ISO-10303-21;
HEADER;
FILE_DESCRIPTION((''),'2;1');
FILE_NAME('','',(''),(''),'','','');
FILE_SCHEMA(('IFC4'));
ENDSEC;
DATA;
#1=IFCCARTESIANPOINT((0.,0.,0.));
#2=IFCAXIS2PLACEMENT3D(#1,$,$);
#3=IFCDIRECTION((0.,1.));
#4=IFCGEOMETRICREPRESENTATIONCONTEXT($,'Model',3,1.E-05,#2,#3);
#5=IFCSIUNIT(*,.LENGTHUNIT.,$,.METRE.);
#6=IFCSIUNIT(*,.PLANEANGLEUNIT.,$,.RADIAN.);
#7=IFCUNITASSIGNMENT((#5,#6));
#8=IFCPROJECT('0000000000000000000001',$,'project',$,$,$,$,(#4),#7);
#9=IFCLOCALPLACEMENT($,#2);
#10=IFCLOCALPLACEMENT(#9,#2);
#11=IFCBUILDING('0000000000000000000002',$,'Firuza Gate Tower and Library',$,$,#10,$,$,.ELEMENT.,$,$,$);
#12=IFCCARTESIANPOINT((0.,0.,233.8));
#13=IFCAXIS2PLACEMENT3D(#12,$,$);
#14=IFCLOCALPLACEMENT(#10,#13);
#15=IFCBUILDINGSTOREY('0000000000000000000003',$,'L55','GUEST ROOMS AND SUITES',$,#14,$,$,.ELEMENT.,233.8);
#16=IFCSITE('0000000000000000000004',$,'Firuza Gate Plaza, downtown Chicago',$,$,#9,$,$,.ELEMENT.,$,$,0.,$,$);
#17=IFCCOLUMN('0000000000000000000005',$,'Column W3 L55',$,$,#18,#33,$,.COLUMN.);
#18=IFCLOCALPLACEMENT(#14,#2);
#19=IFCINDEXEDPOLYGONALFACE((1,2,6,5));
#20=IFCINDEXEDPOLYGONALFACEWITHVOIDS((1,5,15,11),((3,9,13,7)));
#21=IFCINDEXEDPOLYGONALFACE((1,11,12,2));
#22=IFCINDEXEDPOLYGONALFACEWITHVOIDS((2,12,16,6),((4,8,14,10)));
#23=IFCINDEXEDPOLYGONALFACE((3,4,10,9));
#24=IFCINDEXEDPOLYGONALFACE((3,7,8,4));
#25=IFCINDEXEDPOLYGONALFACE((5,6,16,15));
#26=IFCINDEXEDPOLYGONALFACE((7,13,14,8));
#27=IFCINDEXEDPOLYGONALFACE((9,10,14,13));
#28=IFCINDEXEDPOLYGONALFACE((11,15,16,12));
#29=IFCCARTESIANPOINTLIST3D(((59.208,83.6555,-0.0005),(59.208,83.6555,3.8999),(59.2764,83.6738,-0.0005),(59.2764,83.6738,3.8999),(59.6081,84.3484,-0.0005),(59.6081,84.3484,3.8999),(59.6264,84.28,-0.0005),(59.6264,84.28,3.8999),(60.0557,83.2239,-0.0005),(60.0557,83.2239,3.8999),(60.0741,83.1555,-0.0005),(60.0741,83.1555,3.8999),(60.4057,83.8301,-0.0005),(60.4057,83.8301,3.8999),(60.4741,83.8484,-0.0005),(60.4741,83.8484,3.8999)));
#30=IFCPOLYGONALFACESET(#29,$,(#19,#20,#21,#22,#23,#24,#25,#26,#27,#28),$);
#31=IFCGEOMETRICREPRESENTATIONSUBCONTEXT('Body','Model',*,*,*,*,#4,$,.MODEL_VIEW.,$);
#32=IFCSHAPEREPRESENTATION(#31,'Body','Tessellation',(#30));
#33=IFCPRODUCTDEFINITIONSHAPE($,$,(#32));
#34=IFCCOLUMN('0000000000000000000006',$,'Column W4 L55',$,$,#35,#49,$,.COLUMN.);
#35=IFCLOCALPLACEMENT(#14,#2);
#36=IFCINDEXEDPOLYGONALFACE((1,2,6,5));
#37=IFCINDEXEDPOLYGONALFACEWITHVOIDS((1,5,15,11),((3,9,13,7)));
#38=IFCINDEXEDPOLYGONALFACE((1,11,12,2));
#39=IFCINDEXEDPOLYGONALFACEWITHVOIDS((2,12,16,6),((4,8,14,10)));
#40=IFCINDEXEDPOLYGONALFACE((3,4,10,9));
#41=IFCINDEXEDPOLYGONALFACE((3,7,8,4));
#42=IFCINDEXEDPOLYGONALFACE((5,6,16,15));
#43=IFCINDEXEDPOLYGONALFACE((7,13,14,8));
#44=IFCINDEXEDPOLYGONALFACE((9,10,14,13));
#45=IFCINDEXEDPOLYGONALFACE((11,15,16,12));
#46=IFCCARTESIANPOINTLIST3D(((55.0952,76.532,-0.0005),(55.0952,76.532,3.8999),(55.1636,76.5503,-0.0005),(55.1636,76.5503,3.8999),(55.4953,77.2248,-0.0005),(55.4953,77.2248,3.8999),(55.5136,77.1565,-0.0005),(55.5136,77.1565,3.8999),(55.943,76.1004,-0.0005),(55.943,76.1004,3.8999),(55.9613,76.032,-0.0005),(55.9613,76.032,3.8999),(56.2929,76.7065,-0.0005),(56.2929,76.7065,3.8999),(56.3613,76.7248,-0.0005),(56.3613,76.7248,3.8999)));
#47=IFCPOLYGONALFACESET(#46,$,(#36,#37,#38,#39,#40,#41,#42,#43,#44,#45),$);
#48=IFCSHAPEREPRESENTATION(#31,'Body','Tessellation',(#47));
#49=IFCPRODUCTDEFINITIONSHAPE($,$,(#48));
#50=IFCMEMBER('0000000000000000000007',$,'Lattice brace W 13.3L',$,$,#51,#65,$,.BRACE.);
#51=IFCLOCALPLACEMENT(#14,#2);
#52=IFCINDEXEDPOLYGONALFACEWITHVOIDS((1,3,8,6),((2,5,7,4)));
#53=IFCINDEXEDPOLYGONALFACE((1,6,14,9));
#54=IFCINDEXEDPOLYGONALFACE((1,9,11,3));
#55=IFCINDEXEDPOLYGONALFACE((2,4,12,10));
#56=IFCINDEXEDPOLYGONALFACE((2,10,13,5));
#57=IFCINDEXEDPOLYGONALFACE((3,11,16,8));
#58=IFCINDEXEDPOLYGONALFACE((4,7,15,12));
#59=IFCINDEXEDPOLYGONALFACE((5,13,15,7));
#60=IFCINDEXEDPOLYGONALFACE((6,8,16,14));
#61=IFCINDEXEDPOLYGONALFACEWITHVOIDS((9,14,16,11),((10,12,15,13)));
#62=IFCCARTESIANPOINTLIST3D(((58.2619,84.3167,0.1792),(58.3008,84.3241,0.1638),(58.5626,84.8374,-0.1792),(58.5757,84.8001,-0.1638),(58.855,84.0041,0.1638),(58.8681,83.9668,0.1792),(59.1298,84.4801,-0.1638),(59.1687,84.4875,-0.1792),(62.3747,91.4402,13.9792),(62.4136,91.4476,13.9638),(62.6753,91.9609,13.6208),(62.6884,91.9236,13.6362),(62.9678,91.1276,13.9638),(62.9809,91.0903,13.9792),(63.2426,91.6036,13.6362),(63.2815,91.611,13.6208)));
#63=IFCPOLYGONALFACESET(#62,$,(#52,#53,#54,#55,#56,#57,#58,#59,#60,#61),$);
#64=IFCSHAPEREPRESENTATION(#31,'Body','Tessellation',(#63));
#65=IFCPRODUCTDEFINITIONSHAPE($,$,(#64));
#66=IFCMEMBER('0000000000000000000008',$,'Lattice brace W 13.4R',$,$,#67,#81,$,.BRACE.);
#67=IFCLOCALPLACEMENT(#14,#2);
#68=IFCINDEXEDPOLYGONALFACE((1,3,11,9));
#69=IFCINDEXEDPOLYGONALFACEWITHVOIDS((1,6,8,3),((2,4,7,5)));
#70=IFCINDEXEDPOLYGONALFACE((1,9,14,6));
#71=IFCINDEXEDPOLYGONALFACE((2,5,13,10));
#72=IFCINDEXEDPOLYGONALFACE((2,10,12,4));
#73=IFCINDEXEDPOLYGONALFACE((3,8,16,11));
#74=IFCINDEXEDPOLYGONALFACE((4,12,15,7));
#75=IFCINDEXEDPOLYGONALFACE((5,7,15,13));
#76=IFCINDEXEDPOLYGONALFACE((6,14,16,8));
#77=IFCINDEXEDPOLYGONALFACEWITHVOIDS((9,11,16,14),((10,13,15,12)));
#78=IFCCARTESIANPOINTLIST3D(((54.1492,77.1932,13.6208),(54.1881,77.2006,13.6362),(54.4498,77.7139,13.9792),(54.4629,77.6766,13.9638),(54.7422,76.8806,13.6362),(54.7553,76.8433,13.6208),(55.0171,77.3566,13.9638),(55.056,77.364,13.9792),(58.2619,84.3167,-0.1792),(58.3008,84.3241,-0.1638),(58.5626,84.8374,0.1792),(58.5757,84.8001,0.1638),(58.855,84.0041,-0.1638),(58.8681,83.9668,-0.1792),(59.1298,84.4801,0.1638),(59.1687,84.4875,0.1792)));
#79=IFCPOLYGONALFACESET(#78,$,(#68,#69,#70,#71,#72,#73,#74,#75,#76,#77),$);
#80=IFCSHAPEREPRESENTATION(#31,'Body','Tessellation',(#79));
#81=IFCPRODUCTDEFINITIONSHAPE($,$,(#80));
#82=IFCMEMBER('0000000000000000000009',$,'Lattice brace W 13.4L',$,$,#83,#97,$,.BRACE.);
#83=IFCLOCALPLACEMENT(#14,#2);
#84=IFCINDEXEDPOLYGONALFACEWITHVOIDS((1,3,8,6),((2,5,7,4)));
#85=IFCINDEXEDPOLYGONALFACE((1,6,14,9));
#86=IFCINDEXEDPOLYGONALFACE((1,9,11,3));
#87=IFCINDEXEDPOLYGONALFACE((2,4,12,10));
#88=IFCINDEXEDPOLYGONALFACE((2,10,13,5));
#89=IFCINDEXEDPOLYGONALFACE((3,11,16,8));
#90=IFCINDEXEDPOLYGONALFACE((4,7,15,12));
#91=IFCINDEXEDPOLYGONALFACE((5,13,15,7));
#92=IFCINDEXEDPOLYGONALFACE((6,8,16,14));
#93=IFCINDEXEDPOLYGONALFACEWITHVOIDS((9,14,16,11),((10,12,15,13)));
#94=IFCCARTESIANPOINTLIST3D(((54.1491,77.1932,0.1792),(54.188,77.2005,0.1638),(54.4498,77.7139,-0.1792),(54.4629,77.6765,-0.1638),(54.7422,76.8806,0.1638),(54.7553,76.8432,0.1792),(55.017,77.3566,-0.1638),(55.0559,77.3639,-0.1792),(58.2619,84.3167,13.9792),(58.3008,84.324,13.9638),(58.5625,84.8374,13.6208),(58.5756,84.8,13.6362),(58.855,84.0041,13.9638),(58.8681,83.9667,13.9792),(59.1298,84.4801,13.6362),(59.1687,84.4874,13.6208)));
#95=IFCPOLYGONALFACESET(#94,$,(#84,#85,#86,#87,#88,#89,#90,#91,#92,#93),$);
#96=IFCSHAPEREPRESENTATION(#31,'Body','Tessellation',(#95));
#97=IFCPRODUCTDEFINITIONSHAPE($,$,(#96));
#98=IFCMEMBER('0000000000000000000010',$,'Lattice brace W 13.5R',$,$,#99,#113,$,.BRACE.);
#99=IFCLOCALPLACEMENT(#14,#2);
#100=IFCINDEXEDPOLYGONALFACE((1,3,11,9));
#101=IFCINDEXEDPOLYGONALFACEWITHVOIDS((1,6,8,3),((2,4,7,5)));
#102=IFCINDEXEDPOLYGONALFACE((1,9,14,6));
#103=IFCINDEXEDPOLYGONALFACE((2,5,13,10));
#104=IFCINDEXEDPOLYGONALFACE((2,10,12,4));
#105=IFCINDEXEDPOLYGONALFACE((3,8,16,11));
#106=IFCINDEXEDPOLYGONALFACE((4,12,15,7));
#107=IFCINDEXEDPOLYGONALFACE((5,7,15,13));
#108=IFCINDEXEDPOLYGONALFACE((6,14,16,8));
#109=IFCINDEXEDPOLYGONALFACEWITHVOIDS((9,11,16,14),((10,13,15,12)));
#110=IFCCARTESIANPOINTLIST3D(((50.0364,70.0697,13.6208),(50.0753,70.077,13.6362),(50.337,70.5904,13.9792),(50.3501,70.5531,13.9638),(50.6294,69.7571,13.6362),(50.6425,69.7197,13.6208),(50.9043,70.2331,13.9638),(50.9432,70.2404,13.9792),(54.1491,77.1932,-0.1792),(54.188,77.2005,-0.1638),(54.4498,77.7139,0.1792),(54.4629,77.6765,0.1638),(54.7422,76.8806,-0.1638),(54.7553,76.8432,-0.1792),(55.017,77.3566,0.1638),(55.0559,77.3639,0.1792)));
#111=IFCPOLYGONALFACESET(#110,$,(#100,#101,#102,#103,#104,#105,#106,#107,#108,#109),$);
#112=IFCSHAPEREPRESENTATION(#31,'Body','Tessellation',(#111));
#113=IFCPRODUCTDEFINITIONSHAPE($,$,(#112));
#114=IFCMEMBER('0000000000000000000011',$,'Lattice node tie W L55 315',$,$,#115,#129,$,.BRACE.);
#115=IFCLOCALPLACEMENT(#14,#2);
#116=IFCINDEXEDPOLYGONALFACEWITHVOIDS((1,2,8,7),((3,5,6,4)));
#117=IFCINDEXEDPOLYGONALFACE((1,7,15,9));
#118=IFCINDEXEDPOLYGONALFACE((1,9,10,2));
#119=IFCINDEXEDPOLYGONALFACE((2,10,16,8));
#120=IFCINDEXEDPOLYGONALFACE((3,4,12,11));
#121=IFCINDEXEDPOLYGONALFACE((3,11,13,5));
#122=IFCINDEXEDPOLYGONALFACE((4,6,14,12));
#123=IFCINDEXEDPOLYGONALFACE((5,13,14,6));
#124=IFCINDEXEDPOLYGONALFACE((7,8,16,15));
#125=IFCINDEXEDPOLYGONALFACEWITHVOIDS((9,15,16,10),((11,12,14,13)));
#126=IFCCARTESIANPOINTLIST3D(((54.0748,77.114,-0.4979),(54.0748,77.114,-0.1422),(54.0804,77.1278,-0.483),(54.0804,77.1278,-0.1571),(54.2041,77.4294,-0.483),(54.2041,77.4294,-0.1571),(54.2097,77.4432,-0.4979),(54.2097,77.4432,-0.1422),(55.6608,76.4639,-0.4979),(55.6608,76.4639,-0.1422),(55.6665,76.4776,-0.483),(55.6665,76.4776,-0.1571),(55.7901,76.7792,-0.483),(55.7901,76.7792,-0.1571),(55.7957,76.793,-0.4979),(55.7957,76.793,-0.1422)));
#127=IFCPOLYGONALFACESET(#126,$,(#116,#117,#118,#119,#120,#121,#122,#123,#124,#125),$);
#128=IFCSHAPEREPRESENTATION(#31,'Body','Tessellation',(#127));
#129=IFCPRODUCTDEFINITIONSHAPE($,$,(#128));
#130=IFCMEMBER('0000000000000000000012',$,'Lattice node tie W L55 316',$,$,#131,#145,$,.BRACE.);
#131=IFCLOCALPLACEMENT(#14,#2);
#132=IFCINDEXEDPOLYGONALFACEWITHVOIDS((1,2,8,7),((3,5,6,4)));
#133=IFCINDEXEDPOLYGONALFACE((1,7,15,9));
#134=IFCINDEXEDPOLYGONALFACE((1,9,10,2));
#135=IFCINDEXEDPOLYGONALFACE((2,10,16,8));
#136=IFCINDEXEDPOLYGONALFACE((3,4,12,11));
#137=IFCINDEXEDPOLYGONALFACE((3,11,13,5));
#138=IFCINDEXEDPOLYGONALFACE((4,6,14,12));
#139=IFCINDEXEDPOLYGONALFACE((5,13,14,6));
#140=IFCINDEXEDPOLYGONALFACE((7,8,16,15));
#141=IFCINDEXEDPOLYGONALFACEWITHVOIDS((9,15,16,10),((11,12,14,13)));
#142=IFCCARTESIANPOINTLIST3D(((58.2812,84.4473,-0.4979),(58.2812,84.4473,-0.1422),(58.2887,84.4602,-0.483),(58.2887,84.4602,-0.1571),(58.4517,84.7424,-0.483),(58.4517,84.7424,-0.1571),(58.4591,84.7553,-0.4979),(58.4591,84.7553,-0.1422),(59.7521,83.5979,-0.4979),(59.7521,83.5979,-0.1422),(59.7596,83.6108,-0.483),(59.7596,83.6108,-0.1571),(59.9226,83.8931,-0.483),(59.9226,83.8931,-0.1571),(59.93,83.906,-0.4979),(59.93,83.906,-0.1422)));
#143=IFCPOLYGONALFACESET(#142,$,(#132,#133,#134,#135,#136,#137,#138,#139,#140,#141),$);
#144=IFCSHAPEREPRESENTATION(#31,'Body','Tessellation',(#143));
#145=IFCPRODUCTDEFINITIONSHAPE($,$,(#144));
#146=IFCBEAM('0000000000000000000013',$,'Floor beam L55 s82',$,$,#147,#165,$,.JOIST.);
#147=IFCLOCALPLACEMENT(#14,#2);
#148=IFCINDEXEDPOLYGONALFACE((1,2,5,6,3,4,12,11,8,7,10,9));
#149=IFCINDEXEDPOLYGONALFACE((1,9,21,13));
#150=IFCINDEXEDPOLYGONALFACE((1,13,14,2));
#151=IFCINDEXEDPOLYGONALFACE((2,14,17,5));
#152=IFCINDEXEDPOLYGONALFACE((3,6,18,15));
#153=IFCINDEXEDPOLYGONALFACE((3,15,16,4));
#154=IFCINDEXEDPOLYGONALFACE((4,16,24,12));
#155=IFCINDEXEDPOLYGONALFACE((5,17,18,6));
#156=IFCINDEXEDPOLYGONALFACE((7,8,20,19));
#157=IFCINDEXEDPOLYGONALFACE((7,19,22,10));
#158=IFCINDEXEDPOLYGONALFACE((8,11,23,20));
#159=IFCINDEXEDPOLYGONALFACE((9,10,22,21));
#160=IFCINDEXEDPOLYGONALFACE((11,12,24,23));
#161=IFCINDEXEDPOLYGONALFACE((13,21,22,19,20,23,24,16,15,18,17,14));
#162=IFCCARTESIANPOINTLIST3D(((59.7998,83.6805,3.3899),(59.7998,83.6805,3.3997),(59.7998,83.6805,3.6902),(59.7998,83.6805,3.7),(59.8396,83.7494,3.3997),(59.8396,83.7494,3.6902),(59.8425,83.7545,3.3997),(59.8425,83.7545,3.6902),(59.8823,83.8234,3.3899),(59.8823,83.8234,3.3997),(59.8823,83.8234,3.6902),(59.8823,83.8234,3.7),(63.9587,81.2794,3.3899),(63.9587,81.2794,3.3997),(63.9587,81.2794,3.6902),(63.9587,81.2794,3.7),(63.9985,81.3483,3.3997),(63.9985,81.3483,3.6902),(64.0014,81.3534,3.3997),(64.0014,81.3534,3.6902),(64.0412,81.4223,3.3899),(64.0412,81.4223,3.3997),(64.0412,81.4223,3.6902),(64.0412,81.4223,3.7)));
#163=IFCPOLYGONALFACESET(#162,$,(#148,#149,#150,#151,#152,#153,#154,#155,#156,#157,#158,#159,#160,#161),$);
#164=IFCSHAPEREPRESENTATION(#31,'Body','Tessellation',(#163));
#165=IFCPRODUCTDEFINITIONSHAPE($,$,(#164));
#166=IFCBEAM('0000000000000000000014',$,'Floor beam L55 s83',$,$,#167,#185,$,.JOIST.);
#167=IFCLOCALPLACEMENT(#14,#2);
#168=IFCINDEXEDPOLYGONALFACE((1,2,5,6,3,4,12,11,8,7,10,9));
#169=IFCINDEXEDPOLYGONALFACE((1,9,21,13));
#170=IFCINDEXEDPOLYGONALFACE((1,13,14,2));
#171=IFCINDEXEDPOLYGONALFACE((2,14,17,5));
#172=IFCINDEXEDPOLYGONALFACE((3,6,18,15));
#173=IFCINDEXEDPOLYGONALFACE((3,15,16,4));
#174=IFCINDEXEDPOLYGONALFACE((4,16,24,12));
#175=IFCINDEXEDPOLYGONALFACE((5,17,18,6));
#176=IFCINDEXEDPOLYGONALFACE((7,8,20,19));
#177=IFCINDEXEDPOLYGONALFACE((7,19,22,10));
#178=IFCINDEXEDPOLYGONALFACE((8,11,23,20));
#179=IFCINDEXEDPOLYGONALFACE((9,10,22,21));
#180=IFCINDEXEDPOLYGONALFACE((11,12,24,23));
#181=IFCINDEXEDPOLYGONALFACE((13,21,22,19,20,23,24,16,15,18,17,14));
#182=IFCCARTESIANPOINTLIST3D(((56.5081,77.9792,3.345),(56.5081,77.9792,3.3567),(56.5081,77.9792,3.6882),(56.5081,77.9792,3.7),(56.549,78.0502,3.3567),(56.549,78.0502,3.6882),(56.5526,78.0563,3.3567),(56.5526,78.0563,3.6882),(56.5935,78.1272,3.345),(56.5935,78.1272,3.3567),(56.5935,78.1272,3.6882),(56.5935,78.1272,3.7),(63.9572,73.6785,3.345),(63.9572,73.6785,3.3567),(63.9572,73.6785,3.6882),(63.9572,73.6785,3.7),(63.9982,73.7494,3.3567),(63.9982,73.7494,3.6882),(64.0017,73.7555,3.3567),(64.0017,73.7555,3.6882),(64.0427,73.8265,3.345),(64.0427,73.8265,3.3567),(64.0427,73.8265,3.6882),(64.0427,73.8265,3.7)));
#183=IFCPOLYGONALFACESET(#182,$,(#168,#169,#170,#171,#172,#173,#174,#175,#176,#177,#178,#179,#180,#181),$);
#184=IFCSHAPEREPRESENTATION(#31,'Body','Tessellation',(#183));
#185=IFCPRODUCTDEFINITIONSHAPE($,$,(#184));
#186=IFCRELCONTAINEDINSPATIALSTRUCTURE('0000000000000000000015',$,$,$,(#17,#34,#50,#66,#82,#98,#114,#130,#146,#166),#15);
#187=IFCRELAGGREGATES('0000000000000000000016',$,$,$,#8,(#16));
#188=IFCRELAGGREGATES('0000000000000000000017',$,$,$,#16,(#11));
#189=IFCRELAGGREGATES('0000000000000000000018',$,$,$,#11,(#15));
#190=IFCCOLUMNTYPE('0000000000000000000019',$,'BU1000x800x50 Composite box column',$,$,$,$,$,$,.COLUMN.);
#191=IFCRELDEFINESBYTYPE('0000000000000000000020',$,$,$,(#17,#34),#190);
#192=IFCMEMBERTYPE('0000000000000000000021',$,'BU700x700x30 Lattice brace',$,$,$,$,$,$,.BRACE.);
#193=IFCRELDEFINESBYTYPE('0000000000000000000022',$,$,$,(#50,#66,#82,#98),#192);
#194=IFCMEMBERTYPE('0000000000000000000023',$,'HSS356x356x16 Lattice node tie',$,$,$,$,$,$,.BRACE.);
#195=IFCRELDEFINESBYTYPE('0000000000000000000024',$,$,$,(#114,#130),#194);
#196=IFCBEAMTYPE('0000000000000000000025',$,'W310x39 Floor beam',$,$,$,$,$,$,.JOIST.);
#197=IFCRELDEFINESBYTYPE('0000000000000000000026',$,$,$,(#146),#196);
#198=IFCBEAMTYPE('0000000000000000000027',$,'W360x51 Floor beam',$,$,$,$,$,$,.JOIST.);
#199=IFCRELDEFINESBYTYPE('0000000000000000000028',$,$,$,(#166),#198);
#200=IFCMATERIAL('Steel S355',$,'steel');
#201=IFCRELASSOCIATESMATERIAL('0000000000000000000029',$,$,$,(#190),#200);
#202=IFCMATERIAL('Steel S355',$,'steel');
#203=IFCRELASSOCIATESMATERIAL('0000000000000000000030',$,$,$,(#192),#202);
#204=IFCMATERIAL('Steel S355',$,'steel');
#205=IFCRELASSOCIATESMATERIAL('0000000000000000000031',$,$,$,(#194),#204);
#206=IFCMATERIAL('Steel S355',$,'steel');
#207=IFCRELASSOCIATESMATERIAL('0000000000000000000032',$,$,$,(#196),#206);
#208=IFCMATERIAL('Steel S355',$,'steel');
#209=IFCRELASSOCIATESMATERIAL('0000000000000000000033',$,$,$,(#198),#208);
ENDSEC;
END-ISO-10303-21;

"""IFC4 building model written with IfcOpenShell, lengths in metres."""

from ifc_helpers import new_model, si_unit, direction, frame, origin, origin_2d, place, context, subcontext, project, spatial, hollow_rectangle, i_section, extrude, material, material_profile, profile_set, type_object, element, save


model = new_model("IFC4")

# Units and contexts
model_context = context("Model", 3, precision=1e-05, world=origin(), true_north=direction((0.0, 1.0)))
body_context = subcontext(model_context, "Body", "Model", "MODEL_VIEW")
ifc_project = project(units=[si_unit("LENGTHUNIT", "METRE"), si_unit("PLANEANGLEUNIT", "RADIAN")], contexts=[model_context])

# Site, building, storey
site_placement = place(None, origin())
site = spatial("IfcSite", under=ifc_project, at=site_placement, Name="Firuza Gate Plaza, downtown Chicago", CompositionType="ELEMENT", RefElevation=0.0)
building_placement = place(site_placement, origin())
building = spatial("IfcBuilding", under=site, at=building_placement, Name="Firuza Gate Tower and Library", CompositionType="ELEMENT")
storey_placement = place(building_placement, frame((0.0, 0.0, 233.8)))
storey = spatial("IfcBuildingStorey", under=building, at=storey_placement, Name="L55", Description="GUEST ROOMS AND SUITES", CompositionType="ELEMENT", Elevation=233.8)

# Columns
ifc_material_1 = material(Name="Steel S355", Category="steel")
ifc_material_profile_1 = material_profile(ifc_material_1, hollow_rectangle(XDim=0.8, YDim=1.0, WallThickness=0.05, at=origin_2d()))
ifc_profile_set_1 = profile_set([ifc_material_profile_1], Name="Steel S355")
column_type = type_object("IfcColumnType", Name="BU1000x800x50 Composite box column", PredefinedType="COLUMN", material=ifc_profile_set_1)
for number, where, z_axis, x_axis, name in (
    (1, (59.8411, 83.752, -0.0005), (0.0, 0.0, 1.0), (-0.5, -0.866025, 0.0), "Column W3 L55"),
    (2, (55.7283, 76.6284, -0.0005), (0.0, 0.0, 1.0), (-0.5, -0.866025, 0.0), "Column W4 L55"),
):
    element("IfcColumn", number, at=place(storey_placement, frame(where, z_axis=z_axis, x_axis=x_axis)), inside=storey, type_object=column_type, Name=name, PredefinedType="COLUMN", context=body_context, shape_type="SweptSolid", body=[
        extrude(hollow_rectangle(XDim=0.8, YDim=1.0, WallThickness=0.05, at=origin_2d()), origin(), (0.0, 0.0, 1.0), 3.9004),
    ])

# Members
ifc_material_2 = material(Name="Steel S355", Category="steel")
ifc_material_profile_2 = material_profile(ifc_material_2, hollow_rectangle(XDim=0.7, YDim=0.7, WallThickness=0.03, at=origin_2d()))
ifc_profile_set_2 = profile_set([ifc_material_profile_2], Name="Steel S355")
member_type_1 = type_object("IfcMemberType", Name="BU700x700x30 Lattice brace", PredefinedType="BRACE", material=ifc_profile_set_2)
for number, where, z_axis, x_axis, name in (
    (3, (58.7153, 84.4021, 0.0), (0.256001, 0.443405, 0.858985), (-0.866024, 0.500002, 0.0), "Lattice brace W 13.3L"),
    (4, (58.7153, 84.4021, 0.0), (-0.256001, -0.443405, 0.858985), (0.866024, -0.500002, 0.0), "Lattice brace W 13.4R"),
    (5, (54.6025, 77.2786, 0.0), (0.256001, 0.443405, 0.858985), (-0.866024, 0.500002, 0.0), "Lattice brace W 13.4L"),
    (6, (54.6025, 77.2786, 0.0), (-0.256001, -0.443405, 0.858985), (0.866024, -0.500002, 0.0), "Lattice brace W 13.5R"),
):
    element("IfcMember", number, at=place(storey_placement, frame(where, z_axis=z_axis, x_axis=x_axis)), inside=storey, type_object=member_type_1, Name=name, PredefinedType="BRACE", context=body_context, shape_type="SweptSolid", body=[
        extrude(hollow_rectangle(XDim=0.7, YDim=0.7, WallThickness=0.03, at=origin_2d()), origin(), (0.0, 0.0, 1.0), 16.0654),
    ])
ifc_material_3 = material(Name="Steel S355", Category="steel")
ifc_material_profile_3 = material_profile(ifc_material_3, hollow_rectangle(XDim=0.3557, YDim=0.3557, WallThickness=0.0149, at=origin_2d()))
ifc_profile_set_3 = profile_set([ifc_material_profile_3], Name="Steel S355")
member_type_2 = type_object("IfcMemberType", Name="HSS356x356x16 Lattice node tie", PredefinedType="BRACE", material=ifc_profile_set_3)
member_1_placement = place(storey_placement, frame((55.7283, 76.6284, -0.3201), z_axis=(-0.92527, 0.379309, 0.0), x_axis=(-0.379309, -0.92527, 0.0)))
element("IfcMember", 7, at=member_1_placement, inside=storey, type_object=member_type_2, Name="Lattice node tie W L55 315", PredefinedType="BRACE", context=body_context, shape_type="SweptSolid", body=[
    extrude(hollow_rectangle(XDim=0.3557, YDim=0.3557, WallThickness=0.0149, at=origin_2d()), origin(), (0.0, 0.0, 1.0), 1.7141),
])
member_2_placement = place(storey_placement, frame((59.8411, 83.752, -0.3201), z_axis=(-0.865996, 0.50005, 0.0), x_axis=(-0.50005, -0.865996, 0.0)))
element("IfcMember", 8, at=member_2_placement, inside=storey, type_object=member_type_2, Name="Lattice node tie W L55 316", PredefinedType="BRACE", context=body_context, shape_type="SweptSolid", body=[
    extrude(hollow_rectangle(XDim=0.3557, YDim=0.3557, WallThickness=0.0149, at=origin_2d()), origin(), (0.0, 0.0, 1.0), 1.6985),
])

# Beams
ifc_material_4 = material(Name="Steel S355", Category="steel")
ifc_material_profile_4 = material_profile(ifc_material_4, i_section(OverallWidth=0.165, OverallDepth=0.3101, WebThickness=0.0059, FlangeThickness=0.0098, at=origin_2d()))
ifc_profile_set_4 = profile_set([ifc_material_profile_4], Name="Steel S355")
beam_type_1 = type_object("IfcBeamType", Name="W310x39 Floor beam", PredefinedType="JOIST", material=ifc_profile_set_4)
beam_1_placement = place(storey_placement, frame((59.8411, 83.752, 3.5449), z_axis=(0.866029, -0.499994, 0.0), x_axis=(0.499994, 0.866029, 0.0)))
element("IfcBeam", 9, at=beam_1_placement, inside=storey, type_object=beam_type_1, Name="Floor beam L55 s82", PredefinedType="JOIST", context=body_context, shape_type="SweptSolid", body=[
    extrude(i_section(OverallWidth=0.165, OverallDepth=0.3101, WebThickness=0.0059, FlangeThickness=0.0098, at=origin_2d()), origin(), (0.0, 0.0, 1.0), 4.8022),
])
ifc_material_5 = material(Name="Steel S355", Category="steel")
ifc_material_profile_5 = material_profile(ifc_material_5, i_section(OverallWidth=0.1709, OverallDepth=0.355, WebThickness=0.0071, FlangeThickness=0.0117, at=origin_2d()))
ifc_profile_set_5 = profile_set([ifc_material_profile_5], Name="Steel S355")
beam_type_2 = type_object("IfcBeamType", Name="W360x51 Floor beam", PredefinedType="JOIST", material=ifc_profile_set_5)
beam_2_placement = place(storey_placement, frame((56.5508, 78.0532, 3.5225), z_axis=(0.866027, -0.499998, 0.0), x_axis=(0.499998, 0.866027, 0.0)))
element("IfcBeam", 10, at=beam_2_placement, inside=storey, type_object=beam_type_2, Name="Floor beam L55 s83", PredefinedType="JOIST", context=body_context, shape_type="SweptSolid", body=[
    extrude(i_section(OverallWidth=0.1709, OverallDepth=0.355, WebThickness=0.0071, FlangeThickness=0.0117, at=origin_2d()), origin(), (0.0, 0.0, 1.0), 8.6016),
])

save(model, "model.ifc")
